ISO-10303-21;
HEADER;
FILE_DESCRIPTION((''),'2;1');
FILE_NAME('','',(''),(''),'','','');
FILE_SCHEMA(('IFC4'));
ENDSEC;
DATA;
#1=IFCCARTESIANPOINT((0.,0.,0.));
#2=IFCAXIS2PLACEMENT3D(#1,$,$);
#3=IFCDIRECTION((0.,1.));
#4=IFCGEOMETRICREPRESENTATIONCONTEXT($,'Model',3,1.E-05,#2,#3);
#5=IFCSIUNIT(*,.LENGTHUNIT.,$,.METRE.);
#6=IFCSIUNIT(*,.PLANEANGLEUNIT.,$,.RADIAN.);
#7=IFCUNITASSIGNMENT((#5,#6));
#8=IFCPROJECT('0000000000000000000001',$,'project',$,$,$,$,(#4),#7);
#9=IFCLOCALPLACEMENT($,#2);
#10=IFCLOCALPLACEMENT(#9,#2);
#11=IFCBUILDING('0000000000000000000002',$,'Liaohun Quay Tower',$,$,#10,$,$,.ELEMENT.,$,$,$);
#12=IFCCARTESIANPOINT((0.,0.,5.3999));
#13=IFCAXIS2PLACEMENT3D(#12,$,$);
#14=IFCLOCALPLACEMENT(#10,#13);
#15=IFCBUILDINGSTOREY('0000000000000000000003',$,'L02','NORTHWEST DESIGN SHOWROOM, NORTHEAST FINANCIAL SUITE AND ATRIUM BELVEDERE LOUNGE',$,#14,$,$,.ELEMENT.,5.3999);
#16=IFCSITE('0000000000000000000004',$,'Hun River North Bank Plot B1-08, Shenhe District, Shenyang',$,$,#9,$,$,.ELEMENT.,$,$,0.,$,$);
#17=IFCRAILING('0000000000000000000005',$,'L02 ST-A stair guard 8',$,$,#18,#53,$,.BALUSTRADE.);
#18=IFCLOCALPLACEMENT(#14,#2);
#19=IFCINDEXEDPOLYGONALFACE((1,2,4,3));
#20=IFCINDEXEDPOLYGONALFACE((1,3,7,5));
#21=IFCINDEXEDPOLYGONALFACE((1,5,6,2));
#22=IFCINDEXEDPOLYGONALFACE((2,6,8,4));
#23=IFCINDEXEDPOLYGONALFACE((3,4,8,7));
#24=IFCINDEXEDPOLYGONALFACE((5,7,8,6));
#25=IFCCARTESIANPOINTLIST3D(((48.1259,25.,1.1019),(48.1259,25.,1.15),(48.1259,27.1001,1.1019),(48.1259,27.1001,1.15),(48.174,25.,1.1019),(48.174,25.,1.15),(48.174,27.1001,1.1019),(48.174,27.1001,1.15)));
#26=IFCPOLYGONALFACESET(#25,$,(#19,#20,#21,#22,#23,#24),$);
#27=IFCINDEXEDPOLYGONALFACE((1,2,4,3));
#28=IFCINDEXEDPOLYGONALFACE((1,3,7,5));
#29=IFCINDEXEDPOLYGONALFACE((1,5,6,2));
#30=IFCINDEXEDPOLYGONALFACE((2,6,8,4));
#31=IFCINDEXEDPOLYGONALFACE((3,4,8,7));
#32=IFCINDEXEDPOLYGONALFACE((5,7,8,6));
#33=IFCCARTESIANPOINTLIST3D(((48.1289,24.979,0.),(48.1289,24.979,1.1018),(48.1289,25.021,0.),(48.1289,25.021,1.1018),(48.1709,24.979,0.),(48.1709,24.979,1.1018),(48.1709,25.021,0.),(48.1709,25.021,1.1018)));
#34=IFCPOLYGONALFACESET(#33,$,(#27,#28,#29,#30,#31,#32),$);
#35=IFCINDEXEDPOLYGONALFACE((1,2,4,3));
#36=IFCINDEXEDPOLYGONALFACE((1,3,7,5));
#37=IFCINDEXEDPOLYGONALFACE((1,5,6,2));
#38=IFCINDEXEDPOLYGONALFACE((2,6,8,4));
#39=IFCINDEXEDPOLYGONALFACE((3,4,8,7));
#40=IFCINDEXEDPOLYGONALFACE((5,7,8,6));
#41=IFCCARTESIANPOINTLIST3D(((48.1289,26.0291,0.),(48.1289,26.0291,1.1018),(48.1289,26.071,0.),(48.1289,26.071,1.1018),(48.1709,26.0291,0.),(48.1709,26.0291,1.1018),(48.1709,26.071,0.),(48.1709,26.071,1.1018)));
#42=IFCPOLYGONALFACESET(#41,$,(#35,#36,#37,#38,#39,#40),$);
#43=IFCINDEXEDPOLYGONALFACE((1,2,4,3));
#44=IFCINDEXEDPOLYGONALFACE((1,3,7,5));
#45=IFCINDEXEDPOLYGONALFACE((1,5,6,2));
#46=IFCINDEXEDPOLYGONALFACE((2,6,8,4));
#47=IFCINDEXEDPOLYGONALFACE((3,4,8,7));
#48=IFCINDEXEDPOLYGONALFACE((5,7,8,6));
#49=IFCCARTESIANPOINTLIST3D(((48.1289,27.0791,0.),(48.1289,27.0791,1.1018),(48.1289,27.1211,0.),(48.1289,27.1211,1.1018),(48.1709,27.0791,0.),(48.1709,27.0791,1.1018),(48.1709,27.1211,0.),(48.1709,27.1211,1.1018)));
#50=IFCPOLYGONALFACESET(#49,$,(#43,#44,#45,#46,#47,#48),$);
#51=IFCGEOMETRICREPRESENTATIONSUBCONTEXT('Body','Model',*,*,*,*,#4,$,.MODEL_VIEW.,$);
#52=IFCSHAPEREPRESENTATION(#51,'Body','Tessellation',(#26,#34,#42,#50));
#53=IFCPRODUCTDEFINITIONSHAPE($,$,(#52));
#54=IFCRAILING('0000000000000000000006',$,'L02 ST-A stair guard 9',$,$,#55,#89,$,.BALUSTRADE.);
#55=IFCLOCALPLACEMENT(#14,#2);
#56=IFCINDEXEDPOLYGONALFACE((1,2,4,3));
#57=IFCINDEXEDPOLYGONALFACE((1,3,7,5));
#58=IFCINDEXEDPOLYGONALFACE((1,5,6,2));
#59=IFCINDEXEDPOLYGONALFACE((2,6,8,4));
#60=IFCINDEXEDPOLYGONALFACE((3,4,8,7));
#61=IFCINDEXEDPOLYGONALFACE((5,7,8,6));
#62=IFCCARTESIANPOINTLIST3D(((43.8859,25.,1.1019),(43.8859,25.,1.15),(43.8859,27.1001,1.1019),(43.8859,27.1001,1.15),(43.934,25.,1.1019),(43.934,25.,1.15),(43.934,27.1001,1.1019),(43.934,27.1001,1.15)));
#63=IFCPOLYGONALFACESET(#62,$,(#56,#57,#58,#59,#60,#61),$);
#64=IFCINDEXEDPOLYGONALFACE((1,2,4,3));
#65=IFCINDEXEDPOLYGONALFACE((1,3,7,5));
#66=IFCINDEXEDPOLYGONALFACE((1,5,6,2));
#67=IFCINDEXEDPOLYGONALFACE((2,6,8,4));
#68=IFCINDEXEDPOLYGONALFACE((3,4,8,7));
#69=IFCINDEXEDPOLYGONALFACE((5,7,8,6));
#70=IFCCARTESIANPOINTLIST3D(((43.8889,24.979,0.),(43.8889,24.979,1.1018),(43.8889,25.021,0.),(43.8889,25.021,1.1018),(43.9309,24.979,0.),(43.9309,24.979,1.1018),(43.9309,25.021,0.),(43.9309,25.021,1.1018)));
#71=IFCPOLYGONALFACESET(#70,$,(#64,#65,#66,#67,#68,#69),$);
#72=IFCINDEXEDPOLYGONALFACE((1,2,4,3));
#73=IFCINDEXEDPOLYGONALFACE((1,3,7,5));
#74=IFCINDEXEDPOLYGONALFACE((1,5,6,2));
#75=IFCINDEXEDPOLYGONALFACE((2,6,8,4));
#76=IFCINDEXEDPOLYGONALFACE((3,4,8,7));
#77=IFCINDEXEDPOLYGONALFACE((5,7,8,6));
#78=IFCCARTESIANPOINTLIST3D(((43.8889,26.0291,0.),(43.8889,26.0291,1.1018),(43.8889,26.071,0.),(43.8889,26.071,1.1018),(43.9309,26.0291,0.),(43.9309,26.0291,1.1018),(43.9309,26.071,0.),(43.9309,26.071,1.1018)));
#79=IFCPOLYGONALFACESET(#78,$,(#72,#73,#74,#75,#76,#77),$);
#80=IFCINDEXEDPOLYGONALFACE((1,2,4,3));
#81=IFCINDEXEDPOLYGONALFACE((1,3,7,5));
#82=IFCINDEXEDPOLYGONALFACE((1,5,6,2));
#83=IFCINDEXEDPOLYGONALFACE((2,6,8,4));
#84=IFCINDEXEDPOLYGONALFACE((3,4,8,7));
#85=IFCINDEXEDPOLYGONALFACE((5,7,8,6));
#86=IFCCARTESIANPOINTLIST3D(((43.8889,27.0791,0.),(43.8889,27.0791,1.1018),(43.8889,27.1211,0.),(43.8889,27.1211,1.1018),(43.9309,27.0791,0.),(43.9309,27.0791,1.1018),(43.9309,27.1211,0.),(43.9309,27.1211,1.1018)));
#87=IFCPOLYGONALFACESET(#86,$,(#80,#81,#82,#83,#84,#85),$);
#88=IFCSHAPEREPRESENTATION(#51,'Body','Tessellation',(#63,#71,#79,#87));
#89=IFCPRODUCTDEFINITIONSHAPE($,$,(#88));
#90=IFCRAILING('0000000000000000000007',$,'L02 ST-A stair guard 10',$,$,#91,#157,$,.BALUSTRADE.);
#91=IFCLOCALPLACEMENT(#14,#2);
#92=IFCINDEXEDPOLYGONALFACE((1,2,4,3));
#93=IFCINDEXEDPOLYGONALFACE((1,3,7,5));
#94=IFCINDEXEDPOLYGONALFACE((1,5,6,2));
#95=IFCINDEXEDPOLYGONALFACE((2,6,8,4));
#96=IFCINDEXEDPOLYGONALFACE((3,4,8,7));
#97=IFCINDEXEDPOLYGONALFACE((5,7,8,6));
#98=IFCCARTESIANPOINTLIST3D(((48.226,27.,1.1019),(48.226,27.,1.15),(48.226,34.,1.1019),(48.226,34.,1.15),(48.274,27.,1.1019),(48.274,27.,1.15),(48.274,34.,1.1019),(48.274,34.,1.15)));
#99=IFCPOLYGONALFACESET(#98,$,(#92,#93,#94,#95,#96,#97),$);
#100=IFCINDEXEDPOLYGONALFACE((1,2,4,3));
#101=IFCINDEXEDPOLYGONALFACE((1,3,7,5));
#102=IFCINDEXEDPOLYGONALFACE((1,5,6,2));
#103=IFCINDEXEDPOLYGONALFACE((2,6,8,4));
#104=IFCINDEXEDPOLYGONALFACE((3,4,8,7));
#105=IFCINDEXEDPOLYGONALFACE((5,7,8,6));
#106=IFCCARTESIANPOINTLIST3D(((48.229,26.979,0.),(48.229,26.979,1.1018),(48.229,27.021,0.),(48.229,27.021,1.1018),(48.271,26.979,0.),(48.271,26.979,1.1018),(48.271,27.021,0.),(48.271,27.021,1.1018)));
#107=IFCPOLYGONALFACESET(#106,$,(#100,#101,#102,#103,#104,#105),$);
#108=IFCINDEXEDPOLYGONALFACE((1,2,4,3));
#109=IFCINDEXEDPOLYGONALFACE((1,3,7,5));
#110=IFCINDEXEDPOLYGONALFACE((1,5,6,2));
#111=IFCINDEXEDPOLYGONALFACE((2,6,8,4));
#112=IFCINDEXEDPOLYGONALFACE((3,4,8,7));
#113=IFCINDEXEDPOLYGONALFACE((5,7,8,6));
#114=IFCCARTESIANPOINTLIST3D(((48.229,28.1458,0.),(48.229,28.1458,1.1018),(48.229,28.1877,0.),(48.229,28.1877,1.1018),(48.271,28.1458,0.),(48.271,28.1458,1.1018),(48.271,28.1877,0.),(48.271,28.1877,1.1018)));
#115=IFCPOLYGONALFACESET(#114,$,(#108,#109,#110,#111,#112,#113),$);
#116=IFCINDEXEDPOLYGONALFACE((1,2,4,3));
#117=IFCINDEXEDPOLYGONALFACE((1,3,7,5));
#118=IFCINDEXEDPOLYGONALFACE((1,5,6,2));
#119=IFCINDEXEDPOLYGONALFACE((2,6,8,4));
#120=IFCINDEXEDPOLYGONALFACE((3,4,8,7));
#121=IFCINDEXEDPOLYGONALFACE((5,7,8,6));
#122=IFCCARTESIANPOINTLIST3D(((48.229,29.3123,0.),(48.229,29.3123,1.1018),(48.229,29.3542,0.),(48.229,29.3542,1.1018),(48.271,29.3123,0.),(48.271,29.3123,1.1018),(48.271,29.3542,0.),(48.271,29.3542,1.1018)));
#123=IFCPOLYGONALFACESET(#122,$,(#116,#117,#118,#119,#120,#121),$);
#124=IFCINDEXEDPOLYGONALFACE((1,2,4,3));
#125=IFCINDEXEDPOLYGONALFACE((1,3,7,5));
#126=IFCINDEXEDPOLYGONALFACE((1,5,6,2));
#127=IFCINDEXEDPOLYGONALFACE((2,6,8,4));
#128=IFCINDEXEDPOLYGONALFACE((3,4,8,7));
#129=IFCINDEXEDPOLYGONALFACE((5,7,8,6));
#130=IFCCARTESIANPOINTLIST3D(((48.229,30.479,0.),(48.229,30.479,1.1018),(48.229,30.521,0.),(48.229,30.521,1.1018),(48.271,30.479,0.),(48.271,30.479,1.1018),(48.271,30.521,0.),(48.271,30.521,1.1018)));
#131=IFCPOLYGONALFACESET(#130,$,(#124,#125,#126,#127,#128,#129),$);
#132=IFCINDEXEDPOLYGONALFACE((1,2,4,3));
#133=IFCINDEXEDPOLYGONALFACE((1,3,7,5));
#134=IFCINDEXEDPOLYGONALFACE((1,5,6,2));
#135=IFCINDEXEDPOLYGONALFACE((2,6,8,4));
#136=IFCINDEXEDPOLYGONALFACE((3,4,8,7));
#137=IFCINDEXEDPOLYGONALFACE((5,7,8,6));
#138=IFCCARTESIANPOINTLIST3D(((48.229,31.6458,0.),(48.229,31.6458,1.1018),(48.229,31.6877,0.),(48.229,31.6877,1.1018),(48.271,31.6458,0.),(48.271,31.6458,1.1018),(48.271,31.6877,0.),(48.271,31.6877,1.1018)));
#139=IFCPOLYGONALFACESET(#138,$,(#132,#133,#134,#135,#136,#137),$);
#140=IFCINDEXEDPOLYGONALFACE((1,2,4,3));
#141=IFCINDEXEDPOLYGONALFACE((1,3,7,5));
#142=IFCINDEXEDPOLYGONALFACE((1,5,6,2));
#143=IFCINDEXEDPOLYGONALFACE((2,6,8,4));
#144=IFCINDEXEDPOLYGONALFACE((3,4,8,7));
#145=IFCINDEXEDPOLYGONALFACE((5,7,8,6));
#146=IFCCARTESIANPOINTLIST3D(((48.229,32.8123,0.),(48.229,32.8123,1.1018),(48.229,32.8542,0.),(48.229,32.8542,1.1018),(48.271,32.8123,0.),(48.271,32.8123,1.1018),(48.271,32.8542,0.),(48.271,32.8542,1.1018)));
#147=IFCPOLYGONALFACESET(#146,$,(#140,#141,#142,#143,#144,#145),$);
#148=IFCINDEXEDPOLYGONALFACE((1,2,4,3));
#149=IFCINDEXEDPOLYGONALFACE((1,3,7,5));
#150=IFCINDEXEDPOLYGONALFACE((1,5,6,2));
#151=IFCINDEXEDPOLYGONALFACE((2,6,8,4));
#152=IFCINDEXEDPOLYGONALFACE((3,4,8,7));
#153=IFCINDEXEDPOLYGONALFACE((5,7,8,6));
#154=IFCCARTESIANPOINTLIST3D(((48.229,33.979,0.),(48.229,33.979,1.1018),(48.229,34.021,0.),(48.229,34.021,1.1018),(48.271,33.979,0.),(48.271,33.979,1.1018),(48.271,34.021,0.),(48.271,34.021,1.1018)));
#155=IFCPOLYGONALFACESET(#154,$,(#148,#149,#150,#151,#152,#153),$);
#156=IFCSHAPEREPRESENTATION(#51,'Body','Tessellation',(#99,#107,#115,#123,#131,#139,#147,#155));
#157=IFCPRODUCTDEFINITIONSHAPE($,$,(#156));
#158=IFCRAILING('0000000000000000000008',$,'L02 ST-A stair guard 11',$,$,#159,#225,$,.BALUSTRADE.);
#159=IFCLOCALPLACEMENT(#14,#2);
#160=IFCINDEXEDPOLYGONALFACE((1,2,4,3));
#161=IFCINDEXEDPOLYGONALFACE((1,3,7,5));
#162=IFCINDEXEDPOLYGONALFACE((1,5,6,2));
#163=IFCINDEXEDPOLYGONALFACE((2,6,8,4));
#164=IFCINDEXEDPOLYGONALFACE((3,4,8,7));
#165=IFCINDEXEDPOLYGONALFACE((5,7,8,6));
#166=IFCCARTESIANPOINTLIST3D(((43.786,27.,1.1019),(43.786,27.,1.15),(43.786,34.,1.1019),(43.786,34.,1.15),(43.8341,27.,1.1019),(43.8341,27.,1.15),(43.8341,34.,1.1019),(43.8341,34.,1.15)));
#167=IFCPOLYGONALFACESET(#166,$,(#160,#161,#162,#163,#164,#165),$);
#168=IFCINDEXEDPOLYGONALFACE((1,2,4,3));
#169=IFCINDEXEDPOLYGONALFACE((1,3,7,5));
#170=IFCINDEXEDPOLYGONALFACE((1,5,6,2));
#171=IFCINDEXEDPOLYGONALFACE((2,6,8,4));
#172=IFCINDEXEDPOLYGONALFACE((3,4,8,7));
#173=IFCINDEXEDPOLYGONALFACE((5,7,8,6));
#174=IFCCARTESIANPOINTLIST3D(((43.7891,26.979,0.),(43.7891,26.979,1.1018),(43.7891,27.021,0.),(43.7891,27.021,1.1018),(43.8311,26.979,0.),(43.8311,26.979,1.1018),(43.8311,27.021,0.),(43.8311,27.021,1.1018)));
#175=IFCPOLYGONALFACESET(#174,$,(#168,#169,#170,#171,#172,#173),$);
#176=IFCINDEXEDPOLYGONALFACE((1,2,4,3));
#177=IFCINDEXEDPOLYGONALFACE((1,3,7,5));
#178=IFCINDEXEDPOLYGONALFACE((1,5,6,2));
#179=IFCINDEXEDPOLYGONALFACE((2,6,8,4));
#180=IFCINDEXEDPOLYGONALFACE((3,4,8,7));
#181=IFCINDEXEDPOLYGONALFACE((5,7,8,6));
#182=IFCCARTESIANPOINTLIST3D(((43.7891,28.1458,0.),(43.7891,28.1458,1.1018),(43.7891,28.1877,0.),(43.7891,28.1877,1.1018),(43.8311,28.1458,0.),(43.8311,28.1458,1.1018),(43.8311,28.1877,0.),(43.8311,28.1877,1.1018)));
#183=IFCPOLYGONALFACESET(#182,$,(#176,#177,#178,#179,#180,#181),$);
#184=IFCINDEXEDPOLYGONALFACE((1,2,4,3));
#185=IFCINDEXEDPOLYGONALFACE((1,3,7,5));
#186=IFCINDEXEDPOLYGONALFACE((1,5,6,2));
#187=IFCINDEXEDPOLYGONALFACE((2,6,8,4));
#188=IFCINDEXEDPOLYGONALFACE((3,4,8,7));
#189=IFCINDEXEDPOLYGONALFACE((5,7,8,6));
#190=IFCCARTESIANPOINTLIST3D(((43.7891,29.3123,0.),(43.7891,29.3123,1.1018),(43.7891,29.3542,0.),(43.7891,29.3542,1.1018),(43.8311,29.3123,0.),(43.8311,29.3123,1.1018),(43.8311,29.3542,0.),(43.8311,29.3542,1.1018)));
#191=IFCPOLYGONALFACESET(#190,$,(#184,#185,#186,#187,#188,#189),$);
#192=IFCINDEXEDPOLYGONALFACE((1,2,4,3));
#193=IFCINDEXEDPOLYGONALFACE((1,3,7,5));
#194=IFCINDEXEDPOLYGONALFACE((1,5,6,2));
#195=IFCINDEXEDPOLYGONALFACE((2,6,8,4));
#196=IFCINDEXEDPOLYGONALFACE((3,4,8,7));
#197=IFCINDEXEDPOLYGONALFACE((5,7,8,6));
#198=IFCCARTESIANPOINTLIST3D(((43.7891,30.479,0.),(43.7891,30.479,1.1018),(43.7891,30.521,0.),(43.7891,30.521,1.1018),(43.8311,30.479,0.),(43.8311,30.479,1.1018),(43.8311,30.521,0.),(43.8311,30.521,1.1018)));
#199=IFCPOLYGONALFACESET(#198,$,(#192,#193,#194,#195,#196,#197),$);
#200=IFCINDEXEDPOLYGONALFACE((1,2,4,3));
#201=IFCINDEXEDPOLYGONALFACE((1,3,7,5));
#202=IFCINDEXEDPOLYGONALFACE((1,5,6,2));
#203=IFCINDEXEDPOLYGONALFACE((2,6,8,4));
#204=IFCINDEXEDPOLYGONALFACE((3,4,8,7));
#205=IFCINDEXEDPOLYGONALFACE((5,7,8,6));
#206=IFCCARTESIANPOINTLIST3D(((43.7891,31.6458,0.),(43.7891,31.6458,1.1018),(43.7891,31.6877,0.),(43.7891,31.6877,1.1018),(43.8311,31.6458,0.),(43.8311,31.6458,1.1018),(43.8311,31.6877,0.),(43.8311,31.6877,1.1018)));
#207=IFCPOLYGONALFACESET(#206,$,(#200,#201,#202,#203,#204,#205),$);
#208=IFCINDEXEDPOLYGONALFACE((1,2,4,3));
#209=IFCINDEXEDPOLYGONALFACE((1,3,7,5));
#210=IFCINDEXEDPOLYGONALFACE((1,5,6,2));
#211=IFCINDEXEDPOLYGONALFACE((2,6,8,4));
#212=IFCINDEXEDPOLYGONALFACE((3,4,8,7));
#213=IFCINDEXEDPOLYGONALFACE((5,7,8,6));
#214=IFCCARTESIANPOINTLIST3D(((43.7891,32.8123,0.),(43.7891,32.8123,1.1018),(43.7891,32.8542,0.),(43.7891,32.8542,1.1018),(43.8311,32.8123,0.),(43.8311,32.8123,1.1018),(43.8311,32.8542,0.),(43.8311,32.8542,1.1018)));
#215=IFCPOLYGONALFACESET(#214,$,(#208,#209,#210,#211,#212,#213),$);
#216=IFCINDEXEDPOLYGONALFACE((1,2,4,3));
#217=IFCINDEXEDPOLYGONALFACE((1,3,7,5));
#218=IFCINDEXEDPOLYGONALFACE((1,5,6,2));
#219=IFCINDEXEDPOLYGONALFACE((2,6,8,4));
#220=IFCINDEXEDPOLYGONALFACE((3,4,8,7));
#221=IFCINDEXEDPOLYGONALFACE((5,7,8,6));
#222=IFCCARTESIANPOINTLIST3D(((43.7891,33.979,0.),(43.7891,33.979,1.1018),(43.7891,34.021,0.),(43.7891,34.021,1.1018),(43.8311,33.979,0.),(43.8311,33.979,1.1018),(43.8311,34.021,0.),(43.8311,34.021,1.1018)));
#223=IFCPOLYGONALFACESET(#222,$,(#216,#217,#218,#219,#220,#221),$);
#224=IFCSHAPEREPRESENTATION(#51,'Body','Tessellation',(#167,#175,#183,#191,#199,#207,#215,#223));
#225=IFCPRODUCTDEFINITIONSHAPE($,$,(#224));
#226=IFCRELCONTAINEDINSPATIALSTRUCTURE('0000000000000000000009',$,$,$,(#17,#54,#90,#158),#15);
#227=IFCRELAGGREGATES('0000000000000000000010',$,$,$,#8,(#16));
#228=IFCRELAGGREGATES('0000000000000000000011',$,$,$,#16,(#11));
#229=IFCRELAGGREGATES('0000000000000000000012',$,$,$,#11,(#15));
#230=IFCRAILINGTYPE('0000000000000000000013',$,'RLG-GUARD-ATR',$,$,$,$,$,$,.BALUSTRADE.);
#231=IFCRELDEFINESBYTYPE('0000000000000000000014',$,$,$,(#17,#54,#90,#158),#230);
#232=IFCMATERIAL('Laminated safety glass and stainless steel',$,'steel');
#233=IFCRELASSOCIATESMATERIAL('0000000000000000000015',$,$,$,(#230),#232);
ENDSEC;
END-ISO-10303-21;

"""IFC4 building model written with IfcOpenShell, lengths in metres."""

from ifc_helpers import new_model, si_unit, direction, frame, origin, origin_2d, place, context, subcontext, project, spatial, rectangle, extrude, material, type_object, element, save


model = new_model("IFC4")

# Units and contexts
model_context = context("Model", 3, precision=1e-05, world=origin(), true_north=direction((0.0, 1.0)))
body_context = subcontext(model_context, "Body", "Model", "MODEL_VIEW")
ifc_project = project(units=[si_unit("LENGTHUNIT", "METRE"), si_unit("PLANEANGLEUNIT", "RADIAN")], contexts=[model_context])

# Site, building, storey
site_placement = place(None, origin())
site = spatial("IfcSite", under=ifc_project, at=site_placement, Name="Hun River North Bank Plot B1-08, Shenhe District, Shenyang", CompositionType="ELEMENT", RefElevation=0.0)
building_placement = place(site_placement, origin())
building = spatial("IfcBuilding", under=site, at=building_placement, Name="Liaohun Quay Tower", CompositionType="ELEMENT")
storey_placement = place(building_placement, frame((0.0, 0.0, 5.3999)))
storey = spatial("IfcBuildingStorey", under=building, at=storey_placement, Name="L02", Description="NORTHWEST DESIGN SHOWROOM, NORTHEAST FINANCIAL SUITE AND ATRIUM BELVEDERE LOUNGE", CompositionType="ELEMENT", Elevation=5.3999)

# Railings
ifc_material_1 = material(Name="Laminated safety glass and stainless steel", Category="steel")
railing_type_1 = type_object("IfcRailingType", Name="RLG-GUARD-ATR", PredefinedType="BALUSTRADE", material=ifc_material_1)
for number, where, name in (
    (1, (48.1499, 25.0, 0.0), "L02 ST-A stair guard 8"),
    (2, (43.9099, 25.0, 0.0), "L02 ST-A stair guard 9"),
):
    element("IfcRailing", number, at=place(storey_placement, frame(where)), inside=storey, type_object=railing_type_1, Name=name, PredefinedType="BALUSTRADE", context=body_context, shape_type="SweptSolid", body=[
        extrude(rectangle(XDim=0.0481, YDim=0.0481, at=origin_2d()), frame((0.0, 0.0, 1.126), z_axis=(0.0, 1.0, 0.0), x_axis=(-1.0, 0.0, 0.0)), (0.0, 0.0, 1.0), 2.1001),
        extrude(rectangle(XDim=0.042, YDim=0.042, at=origin_2d()), origin(), (0.0, 0.0, 1.0), 1.1018),
        extrude(rectangle(XDim=0.042, YDim=0.042, at=origin_2d()), frame((0.0, 1.05, 0.0)), (0.0, 0.0, 1.0), 1.1018),
        extrude(rectangle(XDim=0.042, YDim=0.042, at=origin_2d()), frame((0.0, 2.1001, 0.0)), (0.0, 0.0, 1.0), 1.1018),
    ])
for number, where, name in (
    (3, (48.25, 27.0, 0.0), "L02 ST-A stair guard 10"),
    (4, (43.8101, 27.0, 0.0), "L02 ST-A stair guard 11"),
):
    element("IfcRailing", number, at=place(storey_placement, frame(where)), inside=storey, type_object=railing_type_1, Name=name, PredefinedType="BALUSTRADE", context=body_context, shape_type="SweptSolid", body=[
        extrude(rectangle(XDim=0.0481, YDim=0.0481, at=origin_2d()), frame((0.0, 0.0, 1.126), z_axis=(0.0, 1.0, 0.0), x_axis=(-1.0, 0.0, 0.0)), (0.0, 0.0, 1.0), 7.0),
        extrude(rectangle(XDim=0.042, YDim=0.042, at=origin_2d()), origin(), (0.0, 0.0, 1.0), 1.1018),
        extrude(rectangle(XDim=0.042, YDim=0.042, at=origin_2d()), frame((0.0, 1.1667, 0.0)), (0.0, 0.0, 1.0), 1.1018),
        extrude(rectangle(XDim=0.042, YDim=0.042, at=origin_2d()), frame((0.0, 2.3333, 0.0)), (0.0, 0.0, 1.0), 1.1018),
        extrude(rectangle(XDim=0.042, YDim=0.042, at=origin_2d()), frame((0.0, 3.5, 0.0)), (0.0, 0.0, 1.0), 1.1018),
        extrude(rectangle(XDim=0.042, YDim=0.042, at=origin_2d()), frame((0.0, 4.6667, 0.0)), (0.0, 0.0, 1.0), 1.1018),
        extrude(rectangle(XDim=0.042, YDim=0.042, at=origin_2d()), frame((0.0, 5.8333, 0.0)), (0.0, 0.0, 1.0), 1.1018),
        extrude(rectangle(XDim=0.042, YDim=0.042, at=origin_2d()), frame((0.0, 7.0, 0.0)), (0.0, 0.0, 1.0), 1.1018),
    ])

save(model, "model.ifc")
